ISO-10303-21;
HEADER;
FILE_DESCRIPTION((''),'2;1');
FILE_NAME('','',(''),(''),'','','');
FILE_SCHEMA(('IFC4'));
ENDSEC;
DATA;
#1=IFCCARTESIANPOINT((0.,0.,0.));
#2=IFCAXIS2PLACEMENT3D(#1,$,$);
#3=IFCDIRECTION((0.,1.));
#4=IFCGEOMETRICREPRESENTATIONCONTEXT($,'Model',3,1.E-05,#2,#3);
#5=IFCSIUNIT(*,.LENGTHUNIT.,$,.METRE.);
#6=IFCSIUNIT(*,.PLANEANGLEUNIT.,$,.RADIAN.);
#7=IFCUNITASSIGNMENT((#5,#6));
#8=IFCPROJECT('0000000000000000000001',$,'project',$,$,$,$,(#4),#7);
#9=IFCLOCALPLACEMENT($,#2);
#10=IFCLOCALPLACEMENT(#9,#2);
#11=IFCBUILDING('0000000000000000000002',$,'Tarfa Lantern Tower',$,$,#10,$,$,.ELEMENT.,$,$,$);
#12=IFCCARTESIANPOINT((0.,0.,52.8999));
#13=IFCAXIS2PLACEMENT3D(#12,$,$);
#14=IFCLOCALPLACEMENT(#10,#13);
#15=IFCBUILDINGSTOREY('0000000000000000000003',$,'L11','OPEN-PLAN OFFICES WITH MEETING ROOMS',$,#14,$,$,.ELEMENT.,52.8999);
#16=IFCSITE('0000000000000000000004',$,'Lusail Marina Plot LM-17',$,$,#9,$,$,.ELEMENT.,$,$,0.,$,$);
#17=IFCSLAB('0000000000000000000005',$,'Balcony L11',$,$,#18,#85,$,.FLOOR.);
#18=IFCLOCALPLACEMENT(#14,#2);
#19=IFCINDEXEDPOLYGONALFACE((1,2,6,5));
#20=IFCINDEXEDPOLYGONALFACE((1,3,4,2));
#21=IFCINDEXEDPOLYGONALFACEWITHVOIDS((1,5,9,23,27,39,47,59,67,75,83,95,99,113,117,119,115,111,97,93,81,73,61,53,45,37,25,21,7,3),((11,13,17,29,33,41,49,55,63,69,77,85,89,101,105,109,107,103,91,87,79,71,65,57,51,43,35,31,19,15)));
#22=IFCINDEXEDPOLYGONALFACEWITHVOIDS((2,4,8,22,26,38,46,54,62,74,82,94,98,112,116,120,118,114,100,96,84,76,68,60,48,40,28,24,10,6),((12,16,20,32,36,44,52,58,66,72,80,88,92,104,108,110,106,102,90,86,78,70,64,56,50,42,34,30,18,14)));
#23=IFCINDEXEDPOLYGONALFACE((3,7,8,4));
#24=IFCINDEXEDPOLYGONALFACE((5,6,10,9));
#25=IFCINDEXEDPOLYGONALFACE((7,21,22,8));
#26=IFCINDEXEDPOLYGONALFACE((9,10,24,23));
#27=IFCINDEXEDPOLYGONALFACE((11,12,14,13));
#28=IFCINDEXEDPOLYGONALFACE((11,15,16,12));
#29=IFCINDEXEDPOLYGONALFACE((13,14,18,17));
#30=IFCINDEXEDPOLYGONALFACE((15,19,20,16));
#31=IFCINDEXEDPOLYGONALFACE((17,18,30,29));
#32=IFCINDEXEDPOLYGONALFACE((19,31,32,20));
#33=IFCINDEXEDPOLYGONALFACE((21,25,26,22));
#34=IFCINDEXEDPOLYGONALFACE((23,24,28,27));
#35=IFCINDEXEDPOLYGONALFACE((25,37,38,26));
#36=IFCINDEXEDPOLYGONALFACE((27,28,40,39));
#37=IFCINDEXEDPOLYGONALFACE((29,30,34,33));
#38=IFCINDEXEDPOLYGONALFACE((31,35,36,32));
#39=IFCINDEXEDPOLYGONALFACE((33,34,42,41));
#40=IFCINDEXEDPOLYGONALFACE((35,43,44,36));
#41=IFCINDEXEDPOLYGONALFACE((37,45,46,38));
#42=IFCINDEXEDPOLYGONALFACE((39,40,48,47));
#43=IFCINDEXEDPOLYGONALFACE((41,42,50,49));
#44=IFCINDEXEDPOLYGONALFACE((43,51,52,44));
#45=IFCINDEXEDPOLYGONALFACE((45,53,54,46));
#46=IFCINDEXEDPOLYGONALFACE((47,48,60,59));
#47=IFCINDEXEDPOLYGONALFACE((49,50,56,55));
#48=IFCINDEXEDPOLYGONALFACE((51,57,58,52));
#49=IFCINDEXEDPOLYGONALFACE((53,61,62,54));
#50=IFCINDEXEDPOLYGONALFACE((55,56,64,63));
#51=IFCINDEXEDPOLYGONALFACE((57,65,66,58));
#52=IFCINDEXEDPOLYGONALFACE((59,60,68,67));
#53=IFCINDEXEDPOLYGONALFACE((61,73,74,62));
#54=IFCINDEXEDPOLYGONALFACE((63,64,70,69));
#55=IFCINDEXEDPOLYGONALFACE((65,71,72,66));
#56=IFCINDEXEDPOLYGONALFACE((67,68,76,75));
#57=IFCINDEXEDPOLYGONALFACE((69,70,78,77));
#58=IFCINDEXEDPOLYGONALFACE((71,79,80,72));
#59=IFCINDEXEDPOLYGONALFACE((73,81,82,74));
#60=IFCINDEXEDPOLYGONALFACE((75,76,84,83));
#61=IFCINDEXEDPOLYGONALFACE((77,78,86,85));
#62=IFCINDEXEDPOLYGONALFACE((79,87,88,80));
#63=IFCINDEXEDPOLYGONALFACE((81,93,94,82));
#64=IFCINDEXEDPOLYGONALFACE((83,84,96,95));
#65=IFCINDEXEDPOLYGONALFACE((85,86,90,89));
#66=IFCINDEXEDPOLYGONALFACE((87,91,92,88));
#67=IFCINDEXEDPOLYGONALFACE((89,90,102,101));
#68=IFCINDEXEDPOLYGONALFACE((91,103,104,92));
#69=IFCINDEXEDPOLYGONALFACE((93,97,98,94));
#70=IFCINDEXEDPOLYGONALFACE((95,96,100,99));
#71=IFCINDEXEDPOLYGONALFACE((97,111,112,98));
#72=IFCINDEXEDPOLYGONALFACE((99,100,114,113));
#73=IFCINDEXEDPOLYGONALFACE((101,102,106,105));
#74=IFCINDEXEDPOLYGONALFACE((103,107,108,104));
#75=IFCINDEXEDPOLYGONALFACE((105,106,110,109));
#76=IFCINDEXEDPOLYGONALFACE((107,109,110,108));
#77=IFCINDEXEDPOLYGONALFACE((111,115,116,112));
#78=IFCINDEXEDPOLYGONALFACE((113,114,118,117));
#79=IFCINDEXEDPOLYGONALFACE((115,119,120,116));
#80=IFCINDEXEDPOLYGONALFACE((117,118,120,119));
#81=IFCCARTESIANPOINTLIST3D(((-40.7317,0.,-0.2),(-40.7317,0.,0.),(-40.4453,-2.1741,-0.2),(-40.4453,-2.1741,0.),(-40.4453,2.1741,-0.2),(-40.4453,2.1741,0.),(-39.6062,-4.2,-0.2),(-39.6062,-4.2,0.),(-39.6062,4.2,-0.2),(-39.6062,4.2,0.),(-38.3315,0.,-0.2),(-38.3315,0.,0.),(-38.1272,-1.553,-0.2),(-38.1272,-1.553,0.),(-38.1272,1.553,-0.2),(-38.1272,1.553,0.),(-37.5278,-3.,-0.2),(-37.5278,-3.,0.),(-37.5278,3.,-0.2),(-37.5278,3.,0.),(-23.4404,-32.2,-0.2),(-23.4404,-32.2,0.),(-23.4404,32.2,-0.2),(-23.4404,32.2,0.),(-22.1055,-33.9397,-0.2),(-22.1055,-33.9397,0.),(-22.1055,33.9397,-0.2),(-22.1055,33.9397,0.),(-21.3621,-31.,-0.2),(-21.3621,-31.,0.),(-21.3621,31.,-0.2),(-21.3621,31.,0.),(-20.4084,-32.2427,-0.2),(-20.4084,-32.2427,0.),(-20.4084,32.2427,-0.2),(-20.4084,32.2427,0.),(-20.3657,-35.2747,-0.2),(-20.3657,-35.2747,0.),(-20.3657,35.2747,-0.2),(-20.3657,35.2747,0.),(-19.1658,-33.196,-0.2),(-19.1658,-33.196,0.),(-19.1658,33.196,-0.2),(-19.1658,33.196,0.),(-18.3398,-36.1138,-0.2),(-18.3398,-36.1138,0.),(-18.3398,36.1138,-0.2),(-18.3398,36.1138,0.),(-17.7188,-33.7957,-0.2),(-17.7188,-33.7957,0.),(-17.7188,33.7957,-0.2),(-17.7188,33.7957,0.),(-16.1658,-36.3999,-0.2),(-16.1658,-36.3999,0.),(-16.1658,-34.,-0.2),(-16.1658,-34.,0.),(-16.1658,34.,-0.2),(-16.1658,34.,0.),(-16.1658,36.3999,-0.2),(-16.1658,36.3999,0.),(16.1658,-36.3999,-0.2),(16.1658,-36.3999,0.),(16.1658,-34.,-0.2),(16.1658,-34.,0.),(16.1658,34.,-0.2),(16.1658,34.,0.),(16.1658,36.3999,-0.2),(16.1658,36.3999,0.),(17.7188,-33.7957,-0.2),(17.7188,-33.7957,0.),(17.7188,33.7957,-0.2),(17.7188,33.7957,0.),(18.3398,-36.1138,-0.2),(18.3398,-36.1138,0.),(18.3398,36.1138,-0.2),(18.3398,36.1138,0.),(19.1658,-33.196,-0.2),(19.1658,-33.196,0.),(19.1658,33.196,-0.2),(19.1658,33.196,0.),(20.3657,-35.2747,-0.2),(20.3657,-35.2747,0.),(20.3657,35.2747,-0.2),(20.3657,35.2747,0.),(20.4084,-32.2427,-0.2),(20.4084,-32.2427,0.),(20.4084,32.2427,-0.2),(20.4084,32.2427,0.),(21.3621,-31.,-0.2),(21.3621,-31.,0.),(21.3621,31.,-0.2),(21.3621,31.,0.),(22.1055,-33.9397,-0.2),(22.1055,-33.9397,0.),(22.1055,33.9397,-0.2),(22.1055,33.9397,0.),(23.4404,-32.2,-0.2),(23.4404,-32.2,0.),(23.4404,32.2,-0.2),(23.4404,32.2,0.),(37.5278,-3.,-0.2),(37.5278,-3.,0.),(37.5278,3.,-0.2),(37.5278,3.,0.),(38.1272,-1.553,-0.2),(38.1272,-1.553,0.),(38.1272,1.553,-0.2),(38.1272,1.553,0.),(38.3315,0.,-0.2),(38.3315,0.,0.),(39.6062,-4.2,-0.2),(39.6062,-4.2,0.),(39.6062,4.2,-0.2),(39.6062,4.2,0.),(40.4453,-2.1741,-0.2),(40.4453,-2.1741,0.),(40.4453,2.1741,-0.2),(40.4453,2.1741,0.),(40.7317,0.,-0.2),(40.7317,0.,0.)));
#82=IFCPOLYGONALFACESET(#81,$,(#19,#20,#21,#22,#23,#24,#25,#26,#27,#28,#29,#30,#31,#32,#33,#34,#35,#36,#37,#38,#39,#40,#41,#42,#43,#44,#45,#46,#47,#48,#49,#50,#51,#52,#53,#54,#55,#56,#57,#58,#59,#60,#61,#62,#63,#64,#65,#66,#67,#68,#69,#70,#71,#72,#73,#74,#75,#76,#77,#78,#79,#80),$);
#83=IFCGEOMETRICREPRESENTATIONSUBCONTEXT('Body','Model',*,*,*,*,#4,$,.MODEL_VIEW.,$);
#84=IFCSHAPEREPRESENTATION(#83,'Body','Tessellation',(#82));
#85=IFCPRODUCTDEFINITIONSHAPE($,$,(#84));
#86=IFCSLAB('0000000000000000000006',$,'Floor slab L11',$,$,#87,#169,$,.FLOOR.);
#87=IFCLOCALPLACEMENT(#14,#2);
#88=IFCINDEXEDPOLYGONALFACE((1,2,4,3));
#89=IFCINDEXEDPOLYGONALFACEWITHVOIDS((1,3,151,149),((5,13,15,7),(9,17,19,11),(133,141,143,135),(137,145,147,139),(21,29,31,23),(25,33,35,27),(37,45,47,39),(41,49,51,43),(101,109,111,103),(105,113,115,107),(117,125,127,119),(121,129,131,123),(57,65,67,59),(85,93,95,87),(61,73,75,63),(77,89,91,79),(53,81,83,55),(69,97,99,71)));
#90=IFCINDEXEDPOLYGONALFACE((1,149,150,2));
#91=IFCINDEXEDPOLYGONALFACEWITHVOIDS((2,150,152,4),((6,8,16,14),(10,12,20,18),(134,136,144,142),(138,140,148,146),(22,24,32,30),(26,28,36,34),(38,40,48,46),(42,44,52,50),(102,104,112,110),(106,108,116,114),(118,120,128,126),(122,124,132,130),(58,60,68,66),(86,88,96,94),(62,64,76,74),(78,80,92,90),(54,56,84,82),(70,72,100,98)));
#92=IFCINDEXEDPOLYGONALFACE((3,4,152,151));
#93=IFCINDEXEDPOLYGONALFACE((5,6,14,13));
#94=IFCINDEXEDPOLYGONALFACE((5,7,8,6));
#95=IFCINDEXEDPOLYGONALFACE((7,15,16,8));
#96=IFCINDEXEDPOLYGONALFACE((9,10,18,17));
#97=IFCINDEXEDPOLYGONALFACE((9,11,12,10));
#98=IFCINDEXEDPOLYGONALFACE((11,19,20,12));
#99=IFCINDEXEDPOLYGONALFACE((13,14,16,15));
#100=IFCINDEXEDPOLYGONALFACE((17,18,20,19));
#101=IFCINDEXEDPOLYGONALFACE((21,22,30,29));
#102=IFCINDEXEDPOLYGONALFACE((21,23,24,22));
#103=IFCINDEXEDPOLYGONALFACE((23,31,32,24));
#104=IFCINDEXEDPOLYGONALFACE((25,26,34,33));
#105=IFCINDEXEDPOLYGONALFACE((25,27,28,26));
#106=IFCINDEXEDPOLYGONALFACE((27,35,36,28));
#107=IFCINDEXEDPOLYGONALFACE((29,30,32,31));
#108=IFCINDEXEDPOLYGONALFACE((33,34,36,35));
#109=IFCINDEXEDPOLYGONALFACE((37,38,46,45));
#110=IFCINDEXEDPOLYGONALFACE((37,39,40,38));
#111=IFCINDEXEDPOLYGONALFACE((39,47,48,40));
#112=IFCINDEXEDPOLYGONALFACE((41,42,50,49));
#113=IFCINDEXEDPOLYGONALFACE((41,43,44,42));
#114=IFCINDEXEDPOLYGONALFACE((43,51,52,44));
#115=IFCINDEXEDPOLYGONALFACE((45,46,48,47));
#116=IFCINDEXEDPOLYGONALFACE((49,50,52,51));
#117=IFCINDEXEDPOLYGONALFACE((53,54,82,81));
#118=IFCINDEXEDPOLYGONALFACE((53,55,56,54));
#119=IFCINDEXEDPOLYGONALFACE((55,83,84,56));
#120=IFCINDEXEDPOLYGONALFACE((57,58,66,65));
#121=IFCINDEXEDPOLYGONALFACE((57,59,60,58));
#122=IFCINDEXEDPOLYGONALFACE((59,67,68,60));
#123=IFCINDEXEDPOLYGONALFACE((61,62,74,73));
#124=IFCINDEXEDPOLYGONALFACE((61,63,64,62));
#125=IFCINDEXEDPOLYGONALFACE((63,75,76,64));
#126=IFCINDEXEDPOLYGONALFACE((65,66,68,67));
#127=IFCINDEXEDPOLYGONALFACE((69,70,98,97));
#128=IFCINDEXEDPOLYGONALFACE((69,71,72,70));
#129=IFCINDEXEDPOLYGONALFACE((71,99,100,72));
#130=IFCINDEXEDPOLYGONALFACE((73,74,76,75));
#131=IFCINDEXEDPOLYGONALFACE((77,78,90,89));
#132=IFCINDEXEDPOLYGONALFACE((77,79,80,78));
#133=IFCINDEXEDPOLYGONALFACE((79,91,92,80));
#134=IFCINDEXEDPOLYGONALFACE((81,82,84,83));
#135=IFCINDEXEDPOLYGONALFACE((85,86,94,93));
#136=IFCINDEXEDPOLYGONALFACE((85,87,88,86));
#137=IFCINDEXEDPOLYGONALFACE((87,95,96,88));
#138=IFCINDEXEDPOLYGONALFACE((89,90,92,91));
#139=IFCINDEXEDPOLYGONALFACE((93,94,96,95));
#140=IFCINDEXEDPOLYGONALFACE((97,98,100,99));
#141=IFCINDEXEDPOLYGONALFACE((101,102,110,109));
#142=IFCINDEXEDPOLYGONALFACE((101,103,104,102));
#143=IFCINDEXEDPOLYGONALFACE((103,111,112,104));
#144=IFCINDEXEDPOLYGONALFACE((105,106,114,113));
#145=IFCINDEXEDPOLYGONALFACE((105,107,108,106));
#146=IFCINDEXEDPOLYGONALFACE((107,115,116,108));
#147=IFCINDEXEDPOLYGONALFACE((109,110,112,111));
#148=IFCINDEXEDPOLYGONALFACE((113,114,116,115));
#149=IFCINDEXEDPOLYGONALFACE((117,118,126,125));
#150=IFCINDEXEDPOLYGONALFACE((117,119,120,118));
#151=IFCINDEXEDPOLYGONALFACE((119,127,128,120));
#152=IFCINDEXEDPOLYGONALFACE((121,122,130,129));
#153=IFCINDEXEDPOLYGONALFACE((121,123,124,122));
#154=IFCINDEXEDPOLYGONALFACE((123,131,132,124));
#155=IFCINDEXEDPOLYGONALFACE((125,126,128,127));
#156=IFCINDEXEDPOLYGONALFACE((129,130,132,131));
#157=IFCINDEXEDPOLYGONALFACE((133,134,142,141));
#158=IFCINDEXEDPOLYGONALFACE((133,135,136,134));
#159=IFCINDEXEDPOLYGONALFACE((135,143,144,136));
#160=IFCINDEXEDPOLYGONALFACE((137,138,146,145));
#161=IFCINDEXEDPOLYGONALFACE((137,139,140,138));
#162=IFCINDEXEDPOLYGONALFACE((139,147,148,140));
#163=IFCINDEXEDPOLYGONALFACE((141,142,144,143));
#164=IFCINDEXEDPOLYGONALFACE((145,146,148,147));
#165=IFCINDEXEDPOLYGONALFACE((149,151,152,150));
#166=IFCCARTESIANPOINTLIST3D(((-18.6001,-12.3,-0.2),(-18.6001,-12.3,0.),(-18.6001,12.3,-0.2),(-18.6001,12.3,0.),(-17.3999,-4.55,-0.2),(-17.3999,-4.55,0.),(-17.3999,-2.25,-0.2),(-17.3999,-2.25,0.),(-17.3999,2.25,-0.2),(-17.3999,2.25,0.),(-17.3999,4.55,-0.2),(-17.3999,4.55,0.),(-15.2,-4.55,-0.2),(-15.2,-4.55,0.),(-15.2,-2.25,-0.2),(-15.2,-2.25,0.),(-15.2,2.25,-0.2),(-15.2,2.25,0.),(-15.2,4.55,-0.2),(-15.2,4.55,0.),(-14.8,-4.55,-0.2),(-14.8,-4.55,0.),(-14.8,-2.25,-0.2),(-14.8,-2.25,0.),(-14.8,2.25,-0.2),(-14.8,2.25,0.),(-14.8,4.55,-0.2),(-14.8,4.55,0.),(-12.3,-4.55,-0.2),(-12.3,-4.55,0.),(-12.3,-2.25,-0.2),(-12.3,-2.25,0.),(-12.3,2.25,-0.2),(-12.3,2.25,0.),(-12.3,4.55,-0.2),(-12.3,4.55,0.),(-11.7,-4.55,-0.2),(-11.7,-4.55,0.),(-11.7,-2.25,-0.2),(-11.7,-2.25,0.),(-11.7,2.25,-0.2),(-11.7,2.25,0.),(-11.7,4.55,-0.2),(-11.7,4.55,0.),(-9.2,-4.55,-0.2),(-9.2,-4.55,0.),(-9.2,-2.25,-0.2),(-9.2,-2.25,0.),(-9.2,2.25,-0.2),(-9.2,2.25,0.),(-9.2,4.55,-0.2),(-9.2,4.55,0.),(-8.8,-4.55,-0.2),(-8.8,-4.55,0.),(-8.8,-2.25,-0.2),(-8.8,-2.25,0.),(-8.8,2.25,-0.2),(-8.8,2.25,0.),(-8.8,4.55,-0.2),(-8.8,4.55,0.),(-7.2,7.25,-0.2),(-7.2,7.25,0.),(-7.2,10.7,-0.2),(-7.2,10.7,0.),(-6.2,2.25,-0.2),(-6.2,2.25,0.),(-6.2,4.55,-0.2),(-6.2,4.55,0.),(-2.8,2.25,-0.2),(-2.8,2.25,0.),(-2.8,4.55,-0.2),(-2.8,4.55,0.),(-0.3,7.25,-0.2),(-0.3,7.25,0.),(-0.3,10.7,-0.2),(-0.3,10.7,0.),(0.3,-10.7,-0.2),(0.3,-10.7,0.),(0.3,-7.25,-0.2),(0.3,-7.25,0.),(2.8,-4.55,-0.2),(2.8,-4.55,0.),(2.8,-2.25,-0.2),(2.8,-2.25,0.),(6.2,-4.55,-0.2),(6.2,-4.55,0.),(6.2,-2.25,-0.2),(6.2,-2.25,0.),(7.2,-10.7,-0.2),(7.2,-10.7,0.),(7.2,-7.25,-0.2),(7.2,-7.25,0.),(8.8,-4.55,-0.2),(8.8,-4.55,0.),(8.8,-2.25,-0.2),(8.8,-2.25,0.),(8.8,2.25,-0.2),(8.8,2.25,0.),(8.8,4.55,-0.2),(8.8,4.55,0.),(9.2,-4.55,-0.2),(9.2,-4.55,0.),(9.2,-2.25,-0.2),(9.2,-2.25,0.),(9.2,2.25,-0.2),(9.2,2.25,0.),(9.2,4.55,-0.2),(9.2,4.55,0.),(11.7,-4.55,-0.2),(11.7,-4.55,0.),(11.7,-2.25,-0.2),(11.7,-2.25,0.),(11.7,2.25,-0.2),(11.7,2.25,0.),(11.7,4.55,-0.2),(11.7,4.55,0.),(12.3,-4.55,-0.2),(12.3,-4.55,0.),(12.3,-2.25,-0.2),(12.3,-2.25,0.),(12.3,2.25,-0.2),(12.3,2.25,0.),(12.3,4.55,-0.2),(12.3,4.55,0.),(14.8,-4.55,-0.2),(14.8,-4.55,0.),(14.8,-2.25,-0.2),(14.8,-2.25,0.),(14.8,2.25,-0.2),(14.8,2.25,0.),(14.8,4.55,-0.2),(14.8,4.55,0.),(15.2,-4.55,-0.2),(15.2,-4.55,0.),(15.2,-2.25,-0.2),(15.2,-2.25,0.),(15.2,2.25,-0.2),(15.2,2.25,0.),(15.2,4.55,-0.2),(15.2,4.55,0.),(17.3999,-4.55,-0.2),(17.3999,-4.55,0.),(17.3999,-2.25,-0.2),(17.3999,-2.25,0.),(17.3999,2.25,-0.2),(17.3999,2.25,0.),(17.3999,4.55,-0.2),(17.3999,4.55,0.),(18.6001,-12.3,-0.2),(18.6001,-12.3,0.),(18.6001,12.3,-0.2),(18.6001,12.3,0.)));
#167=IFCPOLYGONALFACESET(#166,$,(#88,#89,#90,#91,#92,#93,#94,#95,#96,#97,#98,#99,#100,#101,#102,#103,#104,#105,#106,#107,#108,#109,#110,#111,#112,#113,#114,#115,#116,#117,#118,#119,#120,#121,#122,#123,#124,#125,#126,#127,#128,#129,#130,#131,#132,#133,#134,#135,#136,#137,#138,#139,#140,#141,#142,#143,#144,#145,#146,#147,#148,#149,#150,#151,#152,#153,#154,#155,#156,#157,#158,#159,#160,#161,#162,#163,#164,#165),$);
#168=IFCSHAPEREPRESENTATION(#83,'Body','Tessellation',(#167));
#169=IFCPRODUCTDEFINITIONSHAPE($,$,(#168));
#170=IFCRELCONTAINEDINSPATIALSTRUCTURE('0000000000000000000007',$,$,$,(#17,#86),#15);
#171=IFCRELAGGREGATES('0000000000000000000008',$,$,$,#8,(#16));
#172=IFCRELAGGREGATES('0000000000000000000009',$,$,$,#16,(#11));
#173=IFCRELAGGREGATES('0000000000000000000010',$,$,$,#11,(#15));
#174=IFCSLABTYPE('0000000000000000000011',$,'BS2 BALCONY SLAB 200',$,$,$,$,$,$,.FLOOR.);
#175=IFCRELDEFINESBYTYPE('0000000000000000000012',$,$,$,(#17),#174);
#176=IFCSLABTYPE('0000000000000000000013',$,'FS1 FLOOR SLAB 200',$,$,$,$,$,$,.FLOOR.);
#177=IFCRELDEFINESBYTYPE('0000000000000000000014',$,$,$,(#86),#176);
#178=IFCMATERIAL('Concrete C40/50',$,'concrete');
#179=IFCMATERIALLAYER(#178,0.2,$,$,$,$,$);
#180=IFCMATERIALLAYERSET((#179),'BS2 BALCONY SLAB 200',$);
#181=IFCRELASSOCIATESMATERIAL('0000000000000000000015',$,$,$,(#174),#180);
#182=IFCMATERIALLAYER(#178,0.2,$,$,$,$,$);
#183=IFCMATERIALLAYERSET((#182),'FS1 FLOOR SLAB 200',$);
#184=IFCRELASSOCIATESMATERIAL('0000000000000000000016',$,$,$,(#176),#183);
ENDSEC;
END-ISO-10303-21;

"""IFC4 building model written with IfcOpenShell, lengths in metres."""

from ifc_helpers import new_model, si_unit, direction, frame, origin, place, context, subcontext, project, spatial, polyline, outline, extrude, material, layer, layer_set, type_object, element, save


model = new_model("IFC4")

# Units and contexts
model_context = context("Model", 3, precision=1e-05, world=origin(), true_north=direction((0.0, 1.0)))
body_context = subcontext(model_context, "Body", "Model", "MODEL_VIEW")
ifc_project = project(units=[si_unit("LENGTHUNIT", "METRE"), si_unit("PLANEANGLEUNIT", "RADIAN")], contexts=[model_context])

# Site, building, storey
site_placement = place(None, origin())
site = spatial("IfcSite", under=ifc_project, at=site_placement, Name="Lusail Marina Plot LM-17", CompositionType="ELEMENT", RefElevation=0.0)
building_placement = place(site_placement, origin())
building = spatial("IfcBuilding", under=site, at=building_placement, Name="Tarfa Lantern Tower", CompositionType="ELEMENT")
storey_placement = place(building_placement, frame((0.0, 0.0, 52.8999)))
storey = spatial("IfcBuildingStorey", under=building, at=storey_placement, Name="L11", Description="OPEN-PLAN OFFICES WITH MEETING ROOMS", CompositionType="ELEMENT", Elevation=52.8999)

# Slabs
ifc_material_1 = material(Name="Concrete C40/50", Category="concrete")
ifc_layer_1 = layer(ifc_material_1, 0.2)
ifc_layer_set_1 = layer_set([ifc_layer_1], Name="BS2 BALCONY SLAB 200")
slab_type_1 = type_object("IfcSlabType", Name="BS2 BALCONY SLAB 200", PredefinedType="FLOOR", material=ifc_layer_set_1)
slab_1_placement = place(storey_placement, frame((0.0, 0.0, -0.2)))
element("IfcSlab", 1, at=slab_1_placement, inside=storey, type_object=slab_type_1, Name="Balcony L11", PredefinedType="FLOOR", context=body_context, shape_type="SweptSolid", body=[
    extrude(outline(polyline([(39.6062, 4.2), (23.4404, 32.2), (22.1055, 33.9397), (20.3657, 35.2747), (18.3398, 36.1138), (16.1658, 36.3999), (-16.1658, 36.3999), (-18.3398, 36.1138), (-20.3657, 35.2747), (-22.1055, 33.9397), (-23.4404, 32.2), (-39.6062, 4.2), (-40.4453, 2.1741), (-40.7317, 0.0), (-40.4453, -2.1741), (-39.6062, -4.2), (-23.4404, -32.2), (-22.1055, -33.9397), (-20.3657, -35.2747), (-18.3398, -36.1138), (-16.1658, -36.3999), (16.1658, -36.3999), (18.3398, -36.1138), (20.3657, -35.2747), (22.1055, -33.9397), (23.4404, -32.2), (39.6062, -4.2), (40.4453, -2.1741), (40.7317, 0.0), (40.4453, 2.1741), (39.6062, 4.2)]), holes=[polyline([(37.5278, 3.0), (21.3621, 31.0), (20.4084, 32.2427), (19.1658, 33.196), (17.7188, 33.7957), (16.1658, 34.0), (-16.1658, 34.0), (-17.7188, 33.7957), (-19.1658, 33.196), (-20.4084, 32.2427), (-21.3621, 31.0), (-37.5278, 3.0), (-38.1272, 1.553), (-38.3315, 0.0), (-38.1272, -1.553), (-37.5278, -3.0), (-21.3621, -31.0), (-20.4084, -32.2427), (-19.1658, -33.196), (-17.7188, -33.7957), (-16.1658, -34.0), (16.1658, -34.0), (17.7188, -33.7957), (19.1658, -33.196), (20.4084, -32.2427), (21.3621, -31.0), (37.5278, -3.0), (38.1272, -1.553), (38.3315, 0.0), (38.1272, 1.553), (37.5278, 3.0)])]), origin(), (0.0, 0.0, 1.0), 0.2),
])
ifc_layer_2 = layer(ifc_material_1, 0.2)
ifc_layer_set_2 = layer_set([ifc_layer_2], Name="FS1 FLOOR SLAB 200")
slab_type_2 = type_object("IfcSlabType", Name="FS1 FLOOR SLAB 200", PredefinedType="FLOOR", material=ifc_layer_set_2)
slab_2_placement = place(storey_placement, frame((0.0, 0.0, -0.2)))
element("IfcSlab", 2, at=slab_2_placement, inside=storey, type_object=slab_type_2, Name="Floor slab L11", PredefinedType="FLOOR", context=body_context, shape_type="SweptSolid", body=[
    extrude(outline(polyline([(-18.6001, -12.3), (18.6001, -12.3), (18.6001, 12.3), (-18.6001, 12.3), (-18.6001, -12.3)]), holes=[polyline([(-17.3999, 2.25), (-15.2, 2.25), (-15.2, 4.55), (-17.3999, 4.55), (-17.3999, 2.25)]), polyline([(-14.8, 2.25), (-12.3, 2.25), (-12.3, 4.55), (-14.8, 4.55), (-14.8, 2.25)]), polyline([(-11.7, 2.25), (-9.2, 2.25), (-9.2, 4.55), (-11.7, 4.55), (-11.7, 2.25)]), polyline([(-8.8, 2.25), (-6.2, 2.25), (-6.2, 4.55), (-8.8, 4.55), (-8.8, 2.25)]), polyline([(-2.8, 2.25), (8.8, 2.25), (8.8, 4.55), (-2.8, 4.55), (-2.8, 2.25)]), polyline([(9.2, 2.25), (11.7, 2.25), (11.7, 4.55), (9.2, 4.55), (9.2, 2.25)]), polyline([(12.3, 2.25), (14.8, 2.25), (14.8, 4.55), (12.3, 4.55), (12.3, 2.25)]), polyline([(15.2, 2.25), (17.3999, 2.25), (17.3999, 4.55), (15.2, 4.55), (15.2, 2.25)]), polyline([(17.3999, -2.25), (15.2, -2.25), (15.2, -4.55), (17.3999, -4.55), (17.3999, -2.25)]), polyline([(14.8, -2.25), (12.3, -2.25), (12.3, -4.55), (14.8, -4.55), (14.8, -2.25)]), polyline([(11.7, -2.25), (9.2, -2.25), (9.2, -4.55), (11.7, -4.55), (11.7, -2.25)]), polyline([(8.8, -2.25), (6.2, -2.25), (6.2, -4.55), (8.8, -4.55), (8.8, -2.25)]), polyline([(2.8, -2.25), (-8.8, -2.25), (-8.8, -4.55), (2.8, -4.55), (2.8, -2.25)]), polyline([(-9.2, -2.25), (-11.7, -2.25), (-11.7, -4.55), (-9.2, -4.55), (-9.2, -2.25)]), polyline([(-12.3, -2.25), (-14.8, -2.25), (-14.8, -4.55), (-12.3, -4.55), (-12.3, -2.25)]), polyline([(-15.2, -2.25), (-17.3999, -2.25), (-17.3999, -4.55), (-15.2, -4.55), (-15.2, -2.25)]), polyline([(-7.2, 7.25), (-0.3, 7.25), (-0.3, 10.7), (-7.2, 10.7), (-7.2, 7.25)]), polyline([(7.2, -7.25), (0.3, -7.25), (0.3, -10.7), (7.2, -10.7), (7.2, -7.25)])]), origin(), (0.0, 0.0, 1.0), 0.2),
])

save(model, "model.ifc")
